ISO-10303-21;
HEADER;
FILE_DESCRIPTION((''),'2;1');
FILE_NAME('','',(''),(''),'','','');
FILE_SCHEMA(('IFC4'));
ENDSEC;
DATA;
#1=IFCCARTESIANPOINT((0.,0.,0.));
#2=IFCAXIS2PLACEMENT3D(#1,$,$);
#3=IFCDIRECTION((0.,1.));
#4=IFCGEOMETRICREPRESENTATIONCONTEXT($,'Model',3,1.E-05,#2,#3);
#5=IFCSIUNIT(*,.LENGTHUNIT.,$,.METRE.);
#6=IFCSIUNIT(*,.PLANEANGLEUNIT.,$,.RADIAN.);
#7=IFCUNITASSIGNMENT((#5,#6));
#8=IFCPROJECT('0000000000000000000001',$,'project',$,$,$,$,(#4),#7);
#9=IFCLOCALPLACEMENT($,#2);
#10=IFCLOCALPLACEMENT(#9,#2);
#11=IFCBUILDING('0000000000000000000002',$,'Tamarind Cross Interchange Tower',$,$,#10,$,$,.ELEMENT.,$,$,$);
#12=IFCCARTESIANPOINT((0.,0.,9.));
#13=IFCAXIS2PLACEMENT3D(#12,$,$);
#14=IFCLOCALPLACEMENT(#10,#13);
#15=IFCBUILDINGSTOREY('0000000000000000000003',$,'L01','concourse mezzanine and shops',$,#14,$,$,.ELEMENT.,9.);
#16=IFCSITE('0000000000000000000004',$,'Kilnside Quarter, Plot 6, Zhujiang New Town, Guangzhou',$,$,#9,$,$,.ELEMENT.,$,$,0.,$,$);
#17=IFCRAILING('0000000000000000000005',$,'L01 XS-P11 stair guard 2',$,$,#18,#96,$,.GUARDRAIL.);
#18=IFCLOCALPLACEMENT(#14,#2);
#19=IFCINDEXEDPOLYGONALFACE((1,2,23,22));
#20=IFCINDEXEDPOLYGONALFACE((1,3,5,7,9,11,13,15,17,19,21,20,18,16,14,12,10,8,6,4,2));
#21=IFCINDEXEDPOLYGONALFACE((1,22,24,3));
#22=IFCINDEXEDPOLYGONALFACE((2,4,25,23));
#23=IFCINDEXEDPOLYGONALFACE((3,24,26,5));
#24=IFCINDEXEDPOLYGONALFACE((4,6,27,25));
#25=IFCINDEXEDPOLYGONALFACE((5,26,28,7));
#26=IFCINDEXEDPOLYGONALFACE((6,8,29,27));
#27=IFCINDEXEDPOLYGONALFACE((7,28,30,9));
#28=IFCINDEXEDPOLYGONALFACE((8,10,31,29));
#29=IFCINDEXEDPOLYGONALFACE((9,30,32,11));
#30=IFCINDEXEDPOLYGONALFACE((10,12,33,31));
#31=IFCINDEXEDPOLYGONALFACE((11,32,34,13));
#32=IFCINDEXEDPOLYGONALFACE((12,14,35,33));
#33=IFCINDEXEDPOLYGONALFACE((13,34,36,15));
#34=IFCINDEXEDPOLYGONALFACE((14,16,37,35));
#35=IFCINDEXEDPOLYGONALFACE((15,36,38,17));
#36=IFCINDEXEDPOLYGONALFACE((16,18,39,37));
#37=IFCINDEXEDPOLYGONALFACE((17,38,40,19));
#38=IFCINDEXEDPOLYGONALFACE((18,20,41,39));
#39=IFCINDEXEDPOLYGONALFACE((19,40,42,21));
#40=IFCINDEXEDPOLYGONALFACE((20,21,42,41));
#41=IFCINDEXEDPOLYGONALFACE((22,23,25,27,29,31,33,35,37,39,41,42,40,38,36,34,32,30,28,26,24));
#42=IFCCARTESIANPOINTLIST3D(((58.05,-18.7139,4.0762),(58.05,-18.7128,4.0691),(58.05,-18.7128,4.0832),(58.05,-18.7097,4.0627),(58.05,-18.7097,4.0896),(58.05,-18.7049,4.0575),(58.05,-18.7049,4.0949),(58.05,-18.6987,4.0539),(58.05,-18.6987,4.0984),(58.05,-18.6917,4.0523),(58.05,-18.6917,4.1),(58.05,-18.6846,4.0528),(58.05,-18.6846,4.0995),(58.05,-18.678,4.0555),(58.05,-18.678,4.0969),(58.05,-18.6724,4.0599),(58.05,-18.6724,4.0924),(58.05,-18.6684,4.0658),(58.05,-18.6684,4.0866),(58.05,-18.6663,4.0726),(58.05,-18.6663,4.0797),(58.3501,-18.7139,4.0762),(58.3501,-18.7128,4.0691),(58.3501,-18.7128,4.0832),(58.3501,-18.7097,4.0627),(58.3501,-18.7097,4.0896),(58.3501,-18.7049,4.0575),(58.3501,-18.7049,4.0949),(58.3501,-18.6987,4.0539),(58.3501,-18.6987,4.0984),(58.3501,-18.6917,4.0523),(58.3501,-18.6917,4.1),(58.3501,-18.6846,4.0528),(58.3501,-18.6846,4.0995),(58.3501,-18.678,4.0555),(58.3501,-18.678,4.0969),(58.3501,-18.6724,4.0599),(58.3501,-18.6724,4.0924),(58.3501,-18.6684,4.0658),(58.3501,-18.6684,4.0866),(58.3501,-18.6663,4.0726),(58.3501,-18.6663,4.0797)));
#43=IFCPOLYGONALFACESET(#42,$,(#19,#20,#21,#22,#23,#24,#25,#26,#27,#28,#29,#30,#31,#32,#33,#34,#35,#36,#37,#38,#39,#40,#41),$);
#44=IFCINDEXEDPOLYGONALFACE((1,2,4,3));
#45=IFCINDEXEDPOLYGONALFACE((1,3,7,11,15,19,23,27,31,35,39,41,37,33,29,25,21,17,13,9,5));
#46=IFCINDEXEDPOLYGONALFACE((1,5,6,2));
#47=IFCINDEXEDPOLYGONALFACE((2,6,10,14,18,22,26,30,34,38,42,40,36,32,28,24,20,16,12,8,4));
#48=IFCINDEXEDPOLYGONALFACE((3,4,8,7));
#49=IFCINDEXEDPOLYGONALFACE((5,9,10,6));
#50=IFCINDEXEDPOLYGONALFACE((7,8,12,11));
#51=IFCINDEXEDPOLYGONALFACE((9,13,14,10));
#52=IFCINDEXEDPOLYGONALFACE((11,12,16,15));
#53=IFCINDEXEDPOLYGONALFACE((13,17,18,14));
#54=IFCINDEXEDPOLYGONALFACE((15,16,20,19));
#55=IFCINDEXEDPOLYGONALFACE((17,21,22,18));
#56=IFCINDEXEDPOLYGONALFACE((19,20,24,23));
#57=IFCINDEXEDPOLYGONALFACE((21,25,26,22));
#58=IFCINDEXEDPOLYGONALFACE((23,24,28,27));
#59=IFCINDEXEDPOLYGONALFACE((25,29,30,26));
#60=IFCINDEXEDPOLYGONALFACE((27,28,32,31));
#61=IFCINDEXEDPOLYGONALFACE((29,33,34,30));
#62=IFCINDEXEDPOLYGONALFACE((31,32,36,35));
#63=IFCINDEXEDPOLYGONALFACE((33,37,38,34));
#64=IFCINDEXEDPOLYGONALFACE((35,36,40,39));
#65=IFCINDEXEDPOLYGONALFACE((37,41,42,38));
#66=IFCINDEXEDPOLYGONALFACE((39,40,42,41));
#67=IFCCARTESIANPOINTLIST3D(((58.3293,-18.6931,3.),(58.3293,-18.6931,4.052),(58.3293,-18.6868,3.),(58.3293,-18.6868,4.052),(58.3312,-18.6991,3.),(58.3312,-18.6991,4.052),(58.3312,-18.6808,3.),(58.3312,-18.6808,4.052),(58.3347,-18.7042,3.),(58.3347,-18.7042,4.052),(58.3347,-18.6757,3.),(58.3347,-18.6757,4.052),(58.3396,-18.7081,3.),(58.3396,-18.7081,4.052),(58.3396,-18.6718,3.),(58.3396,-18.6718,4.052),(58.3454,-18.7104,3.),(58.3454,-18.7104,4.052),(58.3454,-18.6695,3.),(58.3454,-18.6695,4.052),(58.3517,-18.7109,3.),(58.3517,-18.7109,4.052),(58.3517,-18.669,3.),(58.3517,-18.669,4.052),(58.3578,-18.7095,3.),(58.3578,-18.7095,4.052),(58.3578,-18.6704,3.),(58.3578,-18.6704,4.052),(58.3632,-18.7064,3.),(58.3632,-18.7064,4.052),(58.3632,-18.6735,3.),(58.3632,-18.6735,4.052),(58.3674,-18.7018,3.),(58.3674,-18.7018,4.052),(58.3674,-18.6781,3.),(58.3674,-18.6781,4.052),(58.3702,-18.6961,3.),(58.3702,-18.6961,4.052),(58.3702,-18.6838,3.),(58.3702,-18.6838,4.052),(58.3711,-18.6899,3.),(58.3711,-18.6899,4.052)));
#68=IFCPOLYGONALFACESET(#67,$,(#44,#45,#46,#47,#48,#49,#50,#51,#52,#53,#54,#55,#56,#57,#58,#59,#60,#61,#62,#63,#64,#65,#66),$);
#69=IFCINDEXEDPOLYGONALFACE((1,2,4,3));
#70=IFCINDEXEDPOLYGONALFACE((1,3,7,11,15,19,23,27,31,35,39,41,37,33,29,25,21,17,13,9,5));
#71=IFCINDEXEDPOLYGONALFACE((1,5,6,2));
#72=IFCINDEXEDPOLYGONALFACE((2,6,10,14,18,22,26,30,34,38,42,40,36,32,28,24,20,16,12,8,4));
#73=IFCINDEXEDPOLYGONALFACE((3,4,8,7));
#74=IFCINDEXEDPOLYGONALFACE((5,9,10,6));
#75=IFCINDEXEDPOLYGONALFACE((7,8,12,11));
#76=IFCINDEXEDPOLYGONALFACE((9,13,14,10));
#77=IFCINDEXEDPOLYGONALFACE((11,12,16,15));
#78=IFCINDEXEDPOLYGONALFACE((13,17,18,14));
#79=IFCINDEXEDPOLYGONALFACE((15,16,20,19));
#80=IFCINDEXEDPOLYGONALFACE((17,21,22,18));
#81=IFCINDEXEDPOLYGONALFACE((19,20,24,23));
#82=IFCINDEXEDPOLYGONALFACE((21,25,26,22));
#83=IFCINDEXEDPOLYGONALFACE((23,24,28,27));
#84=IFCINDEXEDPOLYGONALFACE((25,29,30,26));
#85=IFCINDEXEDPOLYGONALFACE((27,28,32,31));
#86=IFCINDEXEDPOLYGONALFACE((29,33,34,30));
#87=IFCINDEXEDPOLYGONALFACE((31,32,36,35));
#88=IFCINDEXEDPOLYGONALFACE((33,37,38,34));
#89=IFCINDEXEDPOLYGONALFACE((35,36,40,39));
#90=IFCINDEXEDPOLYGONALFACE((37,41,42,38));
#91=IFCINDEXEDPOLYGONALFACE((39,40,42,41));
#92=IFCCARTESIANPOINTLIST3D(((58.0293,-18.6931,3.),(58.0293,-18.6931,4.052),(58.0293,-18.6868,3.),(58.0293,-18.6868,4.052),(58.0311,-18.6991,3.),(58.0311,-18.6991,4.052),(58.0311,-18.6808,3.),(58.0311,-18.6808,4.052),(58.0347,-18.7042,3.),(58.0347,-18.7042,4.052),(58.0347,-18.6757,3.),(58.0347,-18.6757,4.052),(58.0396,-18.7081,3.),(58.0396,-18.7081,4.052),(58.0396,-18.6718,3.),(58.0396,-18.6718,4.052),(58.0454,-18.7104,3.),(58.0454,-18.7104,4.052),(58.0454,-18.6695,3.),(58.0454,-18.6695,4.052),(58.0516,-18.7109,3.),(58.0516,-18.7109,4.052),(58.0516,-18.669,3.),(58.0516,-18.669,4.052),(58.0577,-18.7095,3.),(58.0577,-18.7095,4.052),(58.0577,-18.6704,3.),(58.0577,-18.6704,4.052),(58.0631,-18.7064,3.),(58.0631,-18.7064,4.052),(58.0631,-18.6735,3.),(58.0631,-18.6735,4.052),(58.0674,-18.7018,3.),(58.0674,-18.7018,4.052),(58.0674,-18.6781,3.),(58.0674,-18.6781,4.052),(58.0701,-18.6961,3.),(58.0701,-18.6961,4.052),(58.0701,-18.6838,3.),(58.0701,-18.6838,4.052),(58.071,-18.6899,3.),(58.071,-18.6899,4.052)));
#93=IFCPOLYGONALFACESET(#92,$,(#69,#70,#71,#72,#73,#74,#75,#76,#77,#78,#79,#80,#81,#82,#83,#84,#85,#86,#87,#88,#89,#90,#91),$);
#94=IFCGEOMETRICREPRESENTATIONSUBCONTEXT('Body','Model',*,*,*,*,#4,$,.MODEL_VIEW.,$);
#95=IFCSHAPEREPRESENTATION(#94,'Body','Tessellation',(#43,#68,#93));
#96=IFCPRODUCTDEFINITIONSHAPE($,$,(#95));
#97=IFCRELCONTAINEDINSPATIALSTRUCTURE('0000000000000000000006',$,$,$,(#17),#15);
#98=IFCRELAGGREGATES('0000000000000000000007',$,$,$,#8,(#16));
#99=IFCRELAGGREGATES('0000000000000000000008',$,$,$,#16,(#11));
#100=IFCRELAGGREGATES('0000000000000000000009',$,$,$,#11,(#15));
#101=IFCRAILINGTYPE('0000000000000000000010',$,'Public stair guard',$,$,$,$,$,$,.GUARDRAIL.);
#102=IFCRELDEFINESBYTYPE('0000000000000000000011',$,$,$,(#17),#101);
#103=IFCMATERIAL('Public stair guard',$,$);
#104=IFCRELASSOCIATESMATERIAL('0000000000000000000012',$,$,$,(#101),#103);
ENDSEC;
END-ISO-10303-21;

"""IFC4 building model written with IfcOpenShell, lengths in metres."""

from ifc_helpers import new_model, si_unit, direction, frame, origin, origin_2d, place, context, subcontext, project, spatial, circle, extrude, material, type_object, element, save


model = new_model("IFC4")

# Units and contexts
model_context = context("Model", 3, precision=1e-05, world=origin(), true_north=direction((0.0, 1.0)))
body_context = subcontext(model_context, "Body", "Model", "MODEL_VIEW")
ifc_project = project(units=[si_unit("LENGTHUNIT", "METRE"), si_unit("PLANEANGLEUNIT", "RADIAN")], contexts=[model_context])

# Site, building, storey
site_placement = place(None, origin())
site = spatial("IfcSite", under=ifc_project, at=site_placement, Name="Kilnside Quarter, Plot 6, Zhujiang New Town, Guangzhou", CompositionType="ELEMENT", RefElevation=0.0)
building_placement = place(site_placement, origin())
building = spatial("IfcBuilding", under=site, at=building_placement, Name="Tamarind Cross Interchange Tower", CompositionType="ELEMENT")
storey_placement = place(building_placement, frame((0.0, 0.0, 9.0)))
storey = spatial("IfcBuildingStorey", under=building, at=storey_placement, Name="L01", Description="concourse mezzanine and shops", CompositionType="ELEMENT", Elevation=9.0)

# Railing
ifc_material_1 = material(Name="Public stair guard")
railing_type_1 = type_object("IfcRailingType", Name="Public stair guard", PredefinedType="GUARDRAIL", material=ifc_material_1)
railing_1_placement = place(storey_placement, frame((58.3501, -18.6899, 3.0)))
element("IfcRailing", 1, at=railing_1_placement, inside=storey, type_object=railing_type_1, Name="L01 XS-P11 stair guard 2", PredefinedType="GUARDRAIL", context=body_context, shape_type="SweptSolid", body=[
    extrude(circle(Radius=0.0239, at=origin_2d()), frame((0.0, 0.0, 1.0762), z_axis=(-1.0, 0.0, 0.0), x_axis=(0.0, -1.0, 0.0)), (0.0, 0.0, 1.0), 0.3),
    extrude(circle(Radius=0.021, at=origin_2d()), origin(), (0.0, 0.0, 1.0), 1.052),
    extrude(circle(Radius=0.021, at=origin_2d()), frame((-0.3, 0.0, 0.0)), (0.0, 0.0, 1.0), 1.052),
])

save(model, "model.ifc")
